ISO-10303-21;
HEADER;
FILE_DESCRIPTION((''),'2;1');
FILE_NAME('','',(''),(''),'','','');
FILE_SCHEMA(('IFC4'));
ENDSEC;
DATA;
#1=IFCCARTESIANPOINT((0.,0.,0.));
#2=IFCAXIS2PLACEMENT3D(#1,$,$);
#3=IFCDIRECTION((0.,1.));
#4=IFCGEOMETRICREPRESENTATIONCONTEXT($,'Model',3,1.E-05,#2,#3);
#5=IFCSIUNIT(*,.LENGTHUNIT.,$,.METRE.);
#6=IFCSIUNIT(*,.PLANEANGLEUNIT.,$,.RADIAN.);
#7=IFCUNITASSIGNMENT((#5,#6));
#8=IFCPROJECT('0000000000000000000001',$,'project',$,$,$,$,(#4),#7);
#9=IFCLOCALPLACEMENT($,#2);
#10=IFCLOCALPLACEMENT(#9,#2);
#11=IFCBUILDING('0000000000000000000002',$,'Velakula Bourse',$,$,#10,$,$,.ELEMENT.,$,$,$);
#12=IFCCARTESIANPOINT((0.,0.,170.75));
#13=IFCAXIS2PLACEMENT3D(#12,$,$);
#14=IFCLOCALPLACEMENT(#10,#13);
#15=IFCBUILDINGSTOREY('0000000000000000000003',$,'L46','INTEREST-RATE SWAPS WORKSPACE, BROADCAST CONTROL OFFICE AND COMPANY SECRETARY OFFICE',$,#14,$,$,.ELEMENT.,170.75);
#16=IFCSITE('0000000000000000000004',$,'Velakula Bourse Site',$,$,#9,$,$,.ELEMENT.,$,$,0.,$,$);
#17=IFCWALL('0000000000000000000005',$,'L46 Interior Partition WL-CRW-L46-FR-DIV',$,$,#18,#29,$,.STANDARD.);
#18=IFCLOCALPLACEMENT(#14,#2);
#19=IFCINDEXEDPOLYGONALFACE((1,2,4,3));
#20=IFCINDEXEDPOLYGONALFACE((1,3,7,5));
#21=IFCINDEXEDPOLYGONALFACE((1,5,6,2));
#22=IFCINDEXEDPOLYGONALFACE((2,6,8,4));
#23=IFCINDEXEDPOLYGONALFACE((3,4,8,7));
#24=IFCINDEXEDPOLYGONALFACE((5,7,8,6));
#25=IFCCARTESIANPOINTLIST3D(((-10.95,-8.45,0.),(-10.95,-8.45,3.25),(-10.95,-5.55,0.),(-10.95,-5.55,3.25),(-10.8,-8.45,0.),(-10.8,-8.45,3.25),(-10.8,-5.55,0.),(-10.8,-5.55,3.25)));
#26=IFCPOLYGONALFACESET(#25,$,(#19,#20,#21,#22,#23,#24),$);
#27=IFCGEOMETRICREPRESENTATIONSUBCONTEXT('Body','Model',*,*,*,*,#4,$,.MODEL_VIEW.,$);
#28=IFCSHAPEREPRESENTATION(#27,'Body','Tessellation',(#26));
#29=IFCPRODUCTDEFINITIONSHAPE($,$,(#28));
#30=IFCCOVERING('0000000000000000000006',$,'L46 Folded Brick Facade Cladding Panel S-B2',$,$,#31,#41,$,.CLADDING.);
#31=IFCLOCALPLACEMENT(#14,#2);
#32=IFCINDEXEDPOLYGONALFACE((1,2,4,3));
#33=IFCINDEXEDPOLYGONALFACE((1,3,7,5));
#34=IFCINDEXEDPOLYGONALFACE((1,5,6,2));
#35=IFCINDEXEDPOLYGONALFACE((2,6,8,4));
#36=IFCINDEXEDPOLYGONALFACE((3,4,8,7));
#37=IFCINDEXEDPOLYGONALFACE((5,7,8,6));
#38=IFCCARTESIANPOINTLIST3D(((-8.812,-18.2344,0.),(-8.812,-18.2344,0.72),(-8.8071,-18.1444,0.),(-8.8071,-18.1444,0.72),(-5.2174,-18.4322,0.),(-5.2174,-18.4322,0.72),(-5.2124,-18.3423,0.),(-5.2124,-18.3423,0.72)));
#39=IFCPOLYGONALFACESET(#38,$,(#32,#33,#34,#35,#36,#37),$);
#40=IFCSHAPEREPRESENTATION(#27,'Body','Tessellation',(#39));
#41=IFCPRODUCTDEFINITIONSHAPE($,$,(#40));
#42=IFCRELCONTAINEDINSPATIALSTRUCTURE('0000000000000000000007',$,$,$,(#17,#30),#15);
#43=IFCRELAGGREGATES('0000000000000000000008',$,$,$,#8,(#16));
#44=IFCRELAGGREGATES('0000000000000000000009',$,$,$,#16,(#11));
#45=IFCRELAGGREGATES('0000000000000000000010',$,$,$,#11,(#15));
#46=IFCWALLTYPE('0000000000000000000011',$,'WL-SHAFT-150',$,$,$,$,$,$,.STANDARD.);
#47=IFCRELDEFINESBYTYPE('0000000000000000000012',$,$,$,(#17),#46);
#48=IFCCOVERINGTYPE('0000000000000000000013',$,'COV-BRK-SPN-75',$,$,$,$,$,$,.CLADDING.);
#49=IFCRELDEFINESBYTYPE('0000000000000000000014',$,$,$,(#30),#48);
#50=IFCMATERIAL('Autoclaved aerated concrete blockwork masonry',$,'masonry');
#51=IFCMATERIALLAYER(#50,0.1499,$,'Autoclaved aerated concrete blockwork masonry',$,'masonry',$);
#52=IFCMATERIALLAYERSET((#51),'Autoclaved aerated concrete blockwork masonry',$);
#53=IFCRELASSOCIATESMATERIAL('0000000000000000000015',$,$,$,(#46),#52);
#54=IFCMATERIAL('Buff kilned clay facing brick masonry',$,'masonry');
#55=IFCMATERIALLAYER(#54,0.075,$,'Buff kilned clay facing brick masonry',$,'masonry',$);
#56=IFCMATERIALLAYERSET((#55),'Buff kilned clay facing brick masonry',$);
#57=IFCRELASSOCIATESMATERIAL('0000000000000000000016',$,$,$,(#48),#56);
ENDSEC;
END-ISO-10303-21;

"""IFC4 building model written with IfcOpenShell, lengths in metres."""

from ifc_helpers import new_model, si_unit, direction, frame, frame_2d, origin, origin_2d, place, context, subcontext, project, spatial, rectangle, extrude, material, layer, layer_set, type_object, element, save


model = new_model("IFC4")

# Units and contexts
model_context = context("Model", 3, precision=1e-05, world=origin(), true_north=direction((0.0, 1.0)))
body_context = subcontext(model_context, "Body", "Model", "MODEL_VIEW")
ifc_project = project(units=[si_unit("LENGTHUNIT", "METRE"), si_unit("PLANEANGLEUNIT", "RADIAN")], contexts=[model_context])

# Site, building, storey
site_placement = place(None, origin())
site = spatial("IfcSite", under=ifc_project, at=site_placement, Name="Velakula Bourse Site", CompositionType="ELEMENT", RefElevation=0.0)
building_placement = place(site_placement, origin())
building = spatial("IfcBuilding", under=site, at=building_placement, Name="Velakula Bourse", CompositionType="ELEMENT")
storey_placement = place(building_placement, frame((0.0, 0.0, 170.75)))
storey = spatial("IfcBuildingStorey", under=building, at=storey_placement, Name="L46", Description="INTEREST-RATE SWAPS WORKSPACE, BROADCAST CONTROL OFFICE AND COMPANY SECRETARY OFFICE", CompositionType="ELEMENT", Elevation=170.75)

# Wall
ifc_material_1 = material(Name="Autoclaved aerated concrete blockwork masonry", Category="masonry")
ifc_layer_1 = layer(ifc_material_1, 0.1499, Name="Autoclaved aerated concrete blockwork masonry", Category="masonry")
ifc_layer_set_1 = layer_set([ifc_layer_1], Name="Autoclaved aerated concrete blockwork masonry")
wall_type_1 = type_object("IfcWallType", Name="WL-SHAFT-150", PredefinedType="STANDARD", material=ifc_layer_set_1)
wall_1_placement = place(storey_placement, frame((-10.875, -8.45, 0.0), z_axis=(0.0, 0.0, 1.0), x_axis=(0.0, 1.0, 0.0)))
element("IfcWall", 1, at=wall_1_placement, inside=storey, type_object=wall_type_1, Name="L46 Interior Partition WL-CRW-L46-FR-DIV", PredefinedType="STANDARD", context=body_context, shape_type="SweptSolid", body=[
    extrude(rectangle(XDim=2.8999, YDim=0.1499, at=frame_2d((1.45, 0.0))), origin(), (0.0, 0.0, 1.0), 3.25),
])

# Covering
ifc_material_2 = material(Name="Buff kilned clay facing brick masonry", Category="masonry")
ifc_layer_2 = layer(ifc_material_2, 0.075, Name="Buff kilned clay facing brick masonry", Category="masonry")
ifc_layer_set_2 = layer_set([ifc_layer_2], Name="Buff kilned clay facing brick masonry")
covering_type = type_object("IfcCoveringType", Name="COV-BRK-SPN-75", PredefinedType="CLADDING", material=ifc_layer_set_2)
covering_placement = place(storey_placement, frame((-7.0122, -18.2883, 0.0), z_axis=(0.0, 0.0, 1.0), x_axis=(0.998489, -0.05495, 0.0)))
element("IfcCovering", 2, at=covering_placement, inside=storey, type_object=covering_type, Name="L46 Folded Brick Facade Cladding Panel S-B2", PredefinedType="CLADDING", context=body_context, shape_type="SweptSolid", body=[
    extrude(rectangle(XDim=3.6001, YDim=0.0901, at=origin_2d()), origin(), (0.0, 0.0, 1.0), 0.72),
])

save(model, "model.ifc")
